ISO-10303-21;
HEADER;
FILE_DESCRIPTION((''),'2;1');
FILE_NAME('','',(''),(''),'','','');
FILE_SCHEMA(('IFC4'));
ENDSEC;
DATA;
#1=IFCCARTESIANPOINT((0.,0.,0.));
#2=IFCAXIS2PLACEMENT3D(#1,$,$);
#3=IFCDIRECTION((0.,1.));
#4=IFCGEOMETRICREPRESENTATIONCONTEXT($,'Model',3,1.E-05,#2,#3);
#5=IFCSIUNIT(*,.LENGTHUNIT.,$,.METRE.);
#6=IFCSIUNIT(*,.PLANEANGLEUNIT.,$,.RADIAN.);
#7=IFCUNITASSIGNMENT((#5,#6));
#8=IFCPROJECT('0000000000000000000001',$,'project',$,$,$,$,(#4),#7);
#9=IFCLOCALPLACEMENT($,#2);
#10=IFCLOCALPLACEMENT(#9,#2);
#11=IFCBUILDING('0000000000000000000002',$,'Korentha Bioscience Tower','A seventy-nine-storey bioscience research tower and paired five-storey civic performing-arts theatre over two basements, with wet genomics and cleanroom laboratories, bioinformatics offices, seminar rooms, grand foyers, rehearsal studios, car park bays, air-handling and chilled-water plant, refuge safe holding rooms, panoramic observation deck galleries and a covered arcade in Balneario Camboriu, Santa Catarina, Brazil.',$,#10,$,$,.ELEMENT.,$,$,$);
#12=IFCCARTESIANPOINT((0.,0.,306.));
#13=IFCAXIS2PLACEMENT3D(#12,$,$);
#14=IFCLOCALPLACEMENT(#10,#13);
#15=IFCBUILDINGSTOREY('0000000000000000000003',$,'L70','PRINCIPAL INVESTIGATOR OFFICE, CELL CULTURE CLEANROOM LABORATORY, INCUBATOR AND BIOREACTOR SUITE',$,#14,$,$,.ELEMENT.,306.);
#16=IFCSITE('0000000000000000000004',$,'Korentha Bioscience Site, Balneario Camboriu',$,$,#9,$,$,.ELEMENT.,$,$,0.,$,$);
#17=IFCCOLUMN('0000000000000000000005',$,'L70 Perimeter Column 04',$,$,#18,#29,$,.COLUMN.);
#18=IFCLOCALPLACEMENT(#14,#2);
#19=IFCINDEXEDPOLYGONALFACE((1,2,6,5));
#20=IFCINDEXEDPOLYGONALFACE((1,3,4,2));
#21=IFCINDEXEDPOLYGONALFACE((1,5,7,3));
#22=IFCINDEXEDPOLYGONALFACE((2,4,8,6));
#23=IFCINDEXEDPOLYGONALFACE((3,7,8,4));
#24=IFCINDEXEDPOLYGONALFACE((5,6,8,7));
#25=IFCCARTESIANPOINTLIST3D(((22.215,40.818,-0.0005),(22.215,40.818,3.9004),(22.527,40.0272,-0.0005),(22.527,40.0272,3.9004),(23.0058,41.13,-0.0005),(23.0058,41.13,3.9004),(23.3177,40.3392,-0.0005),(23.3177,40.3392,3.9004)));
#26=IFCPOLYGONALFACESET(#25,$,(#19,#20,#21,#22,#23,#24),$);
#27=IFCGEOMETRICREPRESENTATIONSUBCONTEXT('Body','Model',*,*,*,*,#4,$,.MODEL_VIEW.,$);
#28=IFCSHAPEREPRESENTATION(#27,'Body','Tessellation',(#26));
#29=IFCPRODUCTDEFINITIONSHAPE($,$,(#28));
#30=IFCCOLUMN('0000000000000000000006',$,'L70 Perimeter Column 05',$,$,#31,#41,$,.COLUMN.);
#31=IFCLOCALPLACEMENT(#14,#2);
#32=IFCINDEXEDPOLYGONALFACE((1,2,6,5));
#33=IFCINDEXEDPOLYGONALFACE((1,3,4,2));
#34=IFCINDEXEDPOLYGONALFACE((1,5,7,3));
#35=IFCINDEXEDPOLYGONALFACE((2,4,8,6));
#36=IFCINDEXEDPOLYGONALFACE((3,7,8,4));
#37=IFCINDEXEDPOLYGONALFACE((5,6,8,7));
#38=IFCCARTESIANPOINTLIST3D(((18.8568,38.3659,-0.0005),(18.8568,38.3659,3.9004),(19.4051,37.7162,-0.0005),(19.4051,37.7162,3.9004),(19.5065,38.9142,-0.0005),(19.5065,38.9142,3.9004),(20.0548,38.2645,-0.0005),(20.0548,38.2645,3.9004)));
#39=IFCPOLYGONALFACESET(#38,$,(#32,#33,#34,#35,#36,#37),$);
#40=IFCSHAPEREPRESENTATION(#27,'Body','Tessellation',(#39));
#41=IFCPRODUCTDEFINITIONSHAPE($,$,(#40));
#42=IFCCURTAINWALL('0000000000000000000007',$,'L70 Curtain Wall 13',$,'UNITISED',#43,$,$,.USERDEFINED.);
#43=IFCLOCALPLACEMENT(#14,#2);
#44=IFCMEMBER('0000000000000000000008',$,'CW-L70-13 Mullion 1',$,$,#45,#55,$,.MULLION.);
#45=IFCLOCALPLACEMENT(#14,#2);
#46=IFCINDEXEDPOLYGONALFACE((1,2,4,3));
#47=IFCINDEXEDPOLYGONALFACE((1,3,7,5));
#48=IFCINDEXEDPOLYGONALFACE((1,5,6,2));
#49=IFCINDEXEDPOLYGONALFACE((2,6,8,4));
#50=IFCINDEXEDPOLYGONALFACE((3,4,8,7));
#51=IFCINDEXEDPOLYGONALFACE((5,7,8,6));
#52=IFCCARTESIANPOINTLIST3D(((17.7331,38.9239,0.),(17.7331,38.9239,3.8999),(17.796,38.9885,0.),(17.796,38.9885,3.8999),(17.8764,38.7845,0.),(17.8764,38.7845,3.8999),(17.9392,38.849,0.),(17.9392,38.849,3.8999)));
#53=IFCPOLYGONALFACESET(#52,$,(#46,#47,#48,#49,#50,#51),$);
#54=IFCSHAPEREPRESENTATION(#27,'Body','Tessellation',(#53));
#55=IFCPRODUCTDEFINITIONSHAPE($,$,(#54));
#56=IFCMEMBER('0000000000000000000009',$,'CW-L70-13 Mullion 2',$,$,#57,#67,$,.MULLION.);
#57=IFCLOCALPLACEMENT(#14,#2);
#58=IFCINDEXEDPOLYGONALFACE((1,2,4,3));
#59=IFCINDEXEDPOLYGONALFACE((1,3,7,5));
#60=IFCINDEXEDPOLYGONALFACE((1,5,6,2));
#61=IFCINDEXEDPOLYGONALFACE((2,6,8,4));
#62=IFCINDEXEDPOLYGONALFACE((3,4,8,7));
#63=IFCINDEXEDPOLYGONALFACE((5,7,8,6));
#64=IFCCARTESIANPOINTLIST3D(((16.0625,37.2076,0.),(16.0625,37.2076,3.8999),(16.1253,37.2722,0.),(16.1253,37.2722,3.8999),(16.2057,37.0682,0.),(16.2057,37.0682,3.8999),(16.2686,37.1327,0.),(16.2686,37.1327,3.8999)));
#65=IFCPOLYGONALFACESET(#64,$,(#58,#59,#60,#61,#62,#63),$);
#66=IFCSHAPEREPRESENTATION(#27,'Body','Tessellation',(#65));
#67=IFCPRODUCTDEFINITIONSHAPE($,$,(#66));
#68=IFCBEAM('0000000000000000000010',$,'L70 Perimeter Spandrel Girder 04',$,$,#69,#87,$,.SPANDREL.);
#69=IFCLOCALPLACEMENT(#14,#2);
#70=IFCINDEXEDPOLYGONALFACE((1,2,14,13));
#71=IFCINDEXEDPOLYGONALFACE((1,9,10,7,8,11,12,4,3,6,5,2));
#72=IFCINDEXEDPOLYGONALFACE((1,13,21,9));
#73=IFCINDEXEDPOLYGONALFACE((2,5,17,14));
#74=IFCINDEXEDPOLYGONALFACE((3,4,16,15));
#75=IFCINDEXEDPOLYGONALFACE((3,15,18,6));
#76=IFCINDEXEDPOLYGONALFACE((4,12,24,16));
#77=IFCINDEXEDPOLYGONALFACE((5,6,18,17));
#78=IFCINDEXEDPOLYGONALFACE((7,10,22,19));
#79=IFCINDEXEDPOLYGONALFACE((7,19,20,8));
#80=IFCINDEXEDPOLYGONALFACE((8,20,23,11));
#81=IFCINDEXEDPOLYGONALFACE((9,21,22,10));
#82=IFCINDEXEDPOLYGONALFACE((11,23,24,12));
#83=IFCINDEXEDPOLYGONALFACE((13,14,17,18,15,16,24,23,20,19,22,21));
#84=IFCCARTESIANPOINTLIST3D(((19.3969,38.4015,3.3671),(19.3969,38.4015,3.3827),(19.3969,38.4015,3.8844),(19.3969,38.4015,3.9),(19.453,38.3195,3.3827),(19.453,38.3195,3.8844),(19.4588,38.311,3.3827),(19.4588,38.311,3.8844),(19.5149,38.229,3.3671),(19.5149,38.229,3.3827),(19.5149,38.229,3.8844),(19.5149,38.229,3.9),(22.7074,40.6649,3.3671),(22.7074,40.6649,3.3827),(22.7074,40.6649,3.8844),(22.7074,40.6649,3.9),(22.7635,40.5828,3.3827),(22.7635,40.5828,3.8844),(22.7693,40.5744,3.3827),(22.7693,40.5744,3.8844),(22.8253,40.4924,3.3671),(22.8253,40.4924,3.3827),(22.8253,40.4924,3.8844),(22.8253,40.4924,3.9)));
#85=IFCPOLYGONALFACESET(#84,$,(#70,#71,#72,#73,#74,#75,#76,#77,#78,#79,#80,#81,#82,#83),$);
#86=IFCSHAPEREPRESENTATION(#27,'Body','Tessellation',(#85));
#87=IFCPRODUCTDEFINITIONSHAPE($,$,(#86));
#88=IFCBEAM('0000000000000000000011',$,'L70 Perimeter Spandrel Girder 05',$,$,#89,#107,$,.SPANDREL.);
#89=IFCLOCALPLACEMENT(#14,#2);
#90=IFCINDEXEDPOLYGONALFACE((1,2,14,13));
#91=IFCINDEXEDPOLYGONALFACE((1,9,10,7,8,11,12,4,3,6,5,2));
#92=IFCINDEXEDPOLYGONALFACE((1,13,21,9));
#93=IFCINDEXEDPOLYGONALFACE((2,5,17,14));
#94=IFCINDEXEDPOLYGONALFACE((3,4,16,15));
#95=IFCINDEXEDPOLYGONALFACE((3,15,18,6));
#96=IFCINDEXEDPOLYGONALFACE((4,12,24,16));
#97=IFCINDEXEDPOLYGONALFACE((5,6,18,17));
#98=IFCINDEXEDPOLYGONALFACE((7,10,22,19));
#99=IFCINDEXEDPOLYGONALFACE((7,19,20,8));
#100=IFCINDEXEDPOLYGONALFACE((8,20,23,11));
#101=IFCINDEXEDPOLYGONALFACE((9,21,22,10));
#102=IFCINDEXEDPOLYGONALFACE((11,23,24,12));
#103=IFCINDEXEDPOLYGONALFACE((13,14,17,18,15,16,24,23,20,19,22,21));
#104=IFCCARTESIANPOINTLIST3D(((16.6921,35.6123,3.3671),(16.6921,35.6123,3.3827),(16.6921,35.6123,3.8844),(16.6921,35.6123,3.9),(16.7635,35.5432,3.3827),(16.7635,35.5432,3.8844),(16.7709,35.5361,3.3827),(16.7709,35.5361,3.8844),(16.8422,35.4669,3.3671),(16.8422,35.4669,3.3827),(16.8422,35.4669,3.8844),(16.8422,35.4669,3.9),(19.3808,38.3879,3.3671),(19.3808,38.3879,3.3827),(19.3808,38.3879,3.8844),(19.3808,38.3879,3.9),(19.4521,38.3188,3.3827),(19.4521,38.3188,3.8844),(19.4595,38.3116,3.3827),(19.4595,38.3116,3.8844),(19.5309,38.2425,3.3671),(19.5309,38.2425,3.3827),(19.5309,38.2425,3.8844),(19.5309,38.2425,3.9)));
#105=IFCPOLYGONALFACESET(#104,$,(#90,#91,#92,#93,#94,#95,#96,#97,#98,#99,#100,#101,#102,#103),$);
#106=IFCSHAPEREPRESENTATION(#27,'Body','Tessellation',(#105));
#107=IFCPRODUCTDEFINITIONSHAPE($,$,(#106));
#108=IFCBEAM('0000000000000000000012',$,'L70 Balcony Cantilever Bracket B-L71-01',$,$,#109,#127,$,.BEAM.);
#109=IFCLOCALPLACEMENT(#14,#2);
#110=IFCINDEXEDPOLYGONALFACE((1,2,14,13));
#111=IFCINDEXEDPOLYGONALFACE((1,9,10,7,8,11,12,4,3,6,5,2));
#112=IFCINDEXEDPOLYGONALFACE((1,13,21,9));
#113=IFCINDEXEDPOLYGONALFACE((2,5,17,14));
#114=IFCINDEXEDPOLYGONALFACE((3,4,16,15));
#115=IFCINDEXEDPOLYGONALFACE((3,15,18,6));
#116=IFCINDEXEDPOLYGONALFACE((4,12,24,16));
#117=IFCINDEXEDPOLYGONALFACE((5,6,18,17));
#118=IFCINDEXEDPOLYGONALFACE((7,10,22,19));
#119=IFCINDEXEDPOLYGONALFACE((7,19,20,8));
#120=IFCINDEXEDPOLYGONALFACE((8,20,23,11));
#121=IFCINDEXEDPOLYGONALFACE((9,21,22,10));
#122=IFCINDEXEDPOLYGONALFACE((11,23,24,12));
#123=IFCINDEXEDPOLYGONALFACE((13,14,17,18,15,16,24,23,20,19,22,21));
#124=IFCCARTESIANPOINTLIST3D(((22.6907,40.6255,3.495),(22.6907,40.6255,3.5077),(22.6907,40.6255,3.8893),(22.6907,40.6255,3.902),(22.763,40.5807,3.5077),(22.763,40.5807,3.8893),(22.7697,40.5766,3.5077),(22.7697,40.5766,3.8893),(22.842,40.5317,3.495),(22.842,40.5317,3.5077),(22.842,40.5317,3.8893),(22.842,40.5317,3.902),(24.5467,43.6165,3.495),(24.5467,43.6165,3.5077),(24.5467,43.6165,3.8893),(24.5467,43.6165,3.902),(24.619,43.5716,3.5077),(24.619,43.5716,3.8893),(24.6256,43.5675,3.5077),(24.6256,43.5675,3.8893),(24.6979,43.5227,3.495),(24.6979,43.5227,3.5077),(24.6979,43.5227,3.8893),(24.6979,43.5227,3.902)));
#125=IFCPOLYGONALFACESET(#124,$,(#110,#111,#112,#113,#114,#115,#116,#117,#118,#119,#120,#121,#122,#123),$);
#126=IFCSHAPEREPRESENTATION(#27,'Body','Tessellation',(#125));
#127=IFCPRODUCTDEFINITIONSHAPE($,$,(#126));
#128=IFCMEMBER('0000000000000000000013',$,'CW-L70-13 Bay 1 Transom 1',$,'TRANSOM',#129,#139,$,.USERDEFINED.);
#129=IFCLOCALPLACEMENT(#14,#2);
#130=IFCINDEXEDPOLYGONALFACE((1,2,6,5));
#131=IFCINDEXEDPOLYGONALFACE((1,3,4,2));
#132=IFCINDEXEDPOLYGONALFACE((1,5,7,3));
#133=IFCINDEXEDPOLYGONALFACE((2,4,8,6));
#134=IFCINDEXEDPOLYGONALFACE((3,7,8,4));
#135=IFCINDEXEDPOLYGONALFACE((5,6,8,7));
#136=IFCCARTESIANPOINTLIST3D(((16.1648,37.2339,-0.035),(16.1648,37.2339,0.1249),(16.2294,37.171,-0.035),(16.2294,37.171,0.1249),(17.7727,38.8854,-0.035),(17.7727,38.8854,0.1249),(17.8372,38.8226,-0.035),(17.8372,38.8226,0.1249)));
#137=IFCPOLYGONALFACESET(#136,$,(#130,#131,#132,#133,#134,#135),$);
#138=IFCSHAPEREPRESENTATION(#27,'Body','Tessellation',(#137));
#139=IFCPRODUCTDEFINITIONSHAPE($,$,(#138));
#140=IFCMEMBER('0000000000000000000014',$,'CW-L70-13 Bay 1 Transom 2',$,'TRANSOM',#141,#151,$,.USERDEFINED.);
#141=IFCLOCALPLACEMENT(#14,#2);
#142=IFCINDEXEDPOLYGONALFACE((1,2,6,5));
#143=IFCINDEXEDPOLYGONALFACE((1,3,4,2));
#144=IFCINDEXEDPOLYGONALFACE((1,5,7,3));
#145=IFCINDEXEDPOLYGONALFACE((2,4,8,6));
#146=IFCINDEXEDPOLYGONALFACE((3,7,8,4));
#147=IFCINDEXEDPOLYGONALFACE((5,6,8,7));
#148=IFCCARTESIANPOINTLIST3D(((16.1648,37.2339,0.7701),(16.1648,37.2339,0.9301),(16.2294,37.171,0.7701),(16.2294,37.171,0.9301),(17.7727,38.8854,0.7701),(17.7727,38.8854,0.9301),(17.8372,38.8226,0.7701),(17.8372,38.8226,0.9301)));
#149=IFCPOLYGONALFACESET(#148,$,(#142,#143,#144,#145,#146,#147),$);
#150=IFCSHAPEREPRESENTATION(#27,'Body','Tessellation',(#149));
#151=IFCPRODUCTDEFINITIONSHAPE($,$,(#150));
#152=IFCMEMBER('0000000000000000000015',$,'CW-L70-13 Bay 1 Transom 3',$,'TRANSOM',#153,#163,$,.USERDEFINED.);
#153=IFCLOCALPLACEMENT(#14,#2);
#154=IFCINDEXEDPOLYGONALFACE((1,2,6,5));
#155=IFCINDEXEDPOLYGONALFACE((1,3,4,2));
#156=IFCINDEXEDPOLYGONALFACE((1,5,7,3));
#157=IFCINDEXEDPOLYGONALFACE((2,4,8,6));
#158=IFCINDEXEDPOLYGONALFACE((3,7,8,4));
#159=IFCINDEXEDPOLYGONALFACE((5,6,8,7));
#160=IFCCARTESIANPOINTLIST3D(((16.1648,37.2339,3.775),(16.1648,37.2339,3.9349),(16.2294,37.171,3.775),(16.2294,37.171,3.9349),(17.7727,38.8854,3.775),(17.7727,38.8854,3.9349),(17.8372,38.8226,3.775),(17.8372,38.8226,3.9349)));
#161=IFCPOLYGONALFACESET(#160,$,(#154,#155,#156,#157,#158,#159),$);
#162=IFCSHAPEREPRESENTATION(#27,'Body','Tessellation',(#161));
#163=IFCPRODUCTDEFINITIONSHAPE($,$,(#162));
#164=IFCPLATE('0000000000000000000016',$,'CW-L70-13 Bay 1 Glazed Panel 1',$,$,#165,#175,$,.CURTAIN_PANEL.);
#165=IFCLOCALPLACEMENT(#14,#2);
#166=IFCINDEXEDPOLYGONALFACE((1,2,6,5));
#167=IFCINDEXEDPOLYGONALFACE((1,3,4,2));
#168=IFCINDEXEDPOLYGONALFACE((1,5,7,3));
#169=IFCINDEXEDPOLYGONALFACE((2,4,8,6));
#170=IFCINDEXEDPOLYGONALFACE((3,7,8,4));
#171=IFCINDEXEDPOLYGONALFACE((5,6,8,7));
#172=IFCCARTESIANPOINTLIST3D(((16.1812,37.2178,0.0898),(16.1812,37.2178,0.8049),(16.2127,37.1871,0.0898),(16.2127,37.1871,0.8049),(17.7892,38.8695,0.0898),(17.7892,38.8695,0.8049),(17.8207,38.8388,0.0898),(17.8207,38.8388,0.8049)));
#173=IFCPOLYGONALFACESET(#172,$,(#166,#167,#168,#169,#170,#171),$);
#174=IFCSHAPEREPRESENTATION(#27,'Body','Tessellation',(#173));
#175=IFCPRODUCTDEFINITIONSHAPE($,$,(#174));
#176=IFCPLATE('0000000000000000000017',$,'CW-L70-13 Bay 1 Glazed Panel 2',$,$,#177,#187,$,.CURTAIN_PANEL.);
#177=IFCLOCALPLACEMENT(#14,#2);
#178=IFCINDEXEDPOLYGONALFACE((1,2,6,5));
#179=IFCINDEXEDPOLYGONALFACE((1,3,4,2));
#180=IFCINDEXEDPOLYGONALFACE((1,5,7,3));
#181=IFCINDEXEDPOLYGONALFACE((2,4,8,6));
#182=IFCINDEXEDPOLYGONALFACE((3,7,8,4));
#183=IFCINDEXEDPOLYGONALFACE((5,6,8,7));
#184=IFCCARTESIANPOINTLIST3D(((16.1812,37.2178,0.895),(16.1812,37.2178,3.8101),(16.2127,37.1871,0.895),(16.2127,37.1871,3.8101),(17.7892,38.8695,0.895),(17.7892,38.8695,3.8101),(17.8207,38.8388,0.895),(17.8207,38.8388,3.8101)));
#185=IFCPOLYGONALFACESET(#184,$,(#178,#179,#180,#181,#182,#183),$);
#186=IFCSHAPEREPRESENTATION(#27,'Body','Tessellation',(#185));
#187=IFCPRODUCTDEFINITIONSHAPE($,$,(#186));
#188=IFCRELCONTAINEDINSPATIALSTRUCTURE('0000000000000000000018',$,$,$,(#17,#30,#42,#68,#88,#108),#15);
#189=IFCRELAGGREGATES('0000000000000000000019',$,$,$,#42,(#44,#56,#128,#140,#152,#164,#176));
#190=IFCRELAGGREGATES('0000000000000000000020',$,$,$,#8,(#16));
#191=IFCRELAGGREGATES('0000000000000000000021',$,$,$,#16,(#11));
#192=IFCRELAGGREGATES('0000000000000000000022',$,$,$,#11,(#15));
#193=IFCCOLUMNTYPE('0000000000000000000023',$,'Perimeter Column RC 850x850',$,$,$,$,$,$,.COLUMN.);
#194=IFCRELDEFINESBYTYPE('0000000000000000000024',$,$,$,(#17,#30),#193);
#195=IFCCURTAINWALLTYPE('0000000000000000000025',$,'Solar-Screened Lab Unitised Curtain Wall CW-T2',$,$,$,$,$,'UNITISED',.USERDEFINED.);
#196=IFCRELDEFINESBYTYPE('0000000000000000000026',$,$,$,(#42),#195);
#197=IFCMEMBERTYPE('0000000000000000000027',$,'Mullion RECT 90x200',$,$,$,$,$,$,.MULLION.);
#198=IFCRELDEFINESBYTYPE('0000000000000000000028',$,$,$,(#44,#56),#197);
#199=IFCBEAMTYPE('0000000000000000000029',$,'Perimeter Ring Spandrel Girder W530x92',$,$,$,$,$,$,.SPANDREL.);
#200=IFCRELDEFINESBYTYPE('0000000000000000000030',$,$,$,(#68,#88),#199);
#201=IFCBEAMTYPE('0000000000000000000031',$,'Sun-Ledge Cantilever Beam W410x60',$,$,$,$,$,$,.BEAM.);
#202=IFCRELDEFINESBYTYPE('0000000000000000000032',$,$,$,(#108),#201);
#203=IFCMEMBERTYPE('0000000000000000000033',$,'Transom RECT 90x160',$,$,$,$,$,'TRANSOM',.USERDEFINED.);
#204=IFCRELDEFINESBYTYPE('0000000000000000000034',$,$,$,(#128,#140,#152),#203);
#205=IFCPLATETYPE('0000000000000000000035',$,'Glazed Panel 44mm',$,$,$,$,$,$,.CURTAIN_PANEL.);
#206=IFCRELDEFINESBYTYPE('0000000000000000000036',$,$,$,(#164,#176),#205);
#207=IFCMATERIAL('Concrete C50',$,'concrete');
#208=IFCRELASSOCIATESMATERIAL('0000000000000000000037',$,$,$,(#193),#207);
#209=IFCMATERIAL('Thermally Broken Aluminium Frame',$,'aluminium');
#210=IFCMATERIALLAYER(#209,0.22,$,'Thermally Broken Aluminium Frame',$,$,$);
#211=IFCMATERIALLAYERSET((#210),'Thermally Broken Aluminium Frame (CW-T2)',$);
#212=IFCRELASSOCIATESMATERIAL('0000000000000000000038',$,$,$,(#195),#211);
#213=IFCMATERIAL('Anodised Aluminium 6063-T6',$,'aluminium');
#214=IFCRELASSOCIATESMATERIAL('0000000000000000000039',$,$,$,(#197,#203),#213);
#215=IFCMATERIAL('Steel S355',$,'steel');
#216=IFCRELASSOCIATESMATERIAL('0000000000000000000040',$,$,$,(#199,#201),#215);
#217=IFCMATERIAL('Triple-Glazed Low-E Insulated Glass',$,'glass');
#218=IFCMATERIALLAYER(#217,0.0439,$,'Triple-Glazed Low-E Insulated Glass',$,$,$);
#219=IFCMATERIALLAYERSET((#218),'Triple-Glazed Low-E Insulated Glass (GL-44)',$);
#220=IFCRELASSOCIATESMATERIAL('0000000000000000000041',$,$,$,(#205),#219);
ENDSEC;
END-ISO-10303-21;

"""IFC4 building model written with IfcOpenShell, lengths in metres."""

from ifc_helpers import new_model, si_unit, direction, frame, origin, origin_2d, place, context, subcontext, project, spatial, rectangle, i_section, extrude, material, layer, layer_set, material_profile, profile_set, type_object, element, aggregate, save


model = new_model("IFC4")

# Units and contexts
model_context = context("Model", 3, precision=1e-05, world=origin(), true_north=direction((0.0, 1.0)))
body_context = subcontext(model_context, "Body", "Model", "MODEL_VIEW")
ifc_project = project(units=[si_unit("LENGTHUNIT", "METRE"), si_unit("PLANEANGLEUNIT", "RADIAN")], contexts=[model_context])

# Site, building, storey
site_placement = place(None, origin())
site = spatial("IfcSite", under=ifc_project, at=site_placement, Name="Korentha Bioscience Site, Balneario Camboriu", CompositionType="ELEMENT", RefElevation=0.0)
building_placement = place(site_placement, origin())
building = spatial("IfcBuilding", under=site, at=building_placement, Name="Korentha Bioscience Tower", Description="A seventy-nine-storey bioscience research tower and paired five-storey civic performing-arts theatre over two basements, with wet genomics and cleanroom laboratories, bioinformatics offices, seminar rooms, grand foyers, rehearsal studios, car park bays, air-handling and chilled-water plant, refuge safe holding rooms, panoramic observation deck galleries and a covered arcade in Balneario Camboriu, Santa Catarina, Brazil.", CompositionType="ELEMENT")
storey_placement = place(building_placement, frame((0.0, 0.0, 306.0)))
storey = spatial("IfcBuildingStorey", under=building, at=storey_placement, Name="L70", Description="PRINCIPAL INVESTIGATOR OFFICE, CELL CULTURE CLEANROOM LABORATORY, INCUBATOR AND BIOREACTOR SUITE", CompositionType="ELEMENT", Elevation=306.0)

# Columns
ifc_material_1 = material(Name="Concrete C50", Category="concrete")
ifc_material_profile_1 = material_profile(ifc_material_1, rectangle(XDim=0.8501, YDim=0.8501, at=origin_2d()), Name="Concrete C50")
ifc_profile_set_1 = profile_set([ifc_material_profile_1], Name="Concrete C50 (COL-P08)")
column_type = type_object("IfcColumnType", Name="Perimeter Column RC 850x850", PredefinedType="COLUMN", material=ifc_profile_set_1)
for number, where, z_axis, x_axis, name in (
    (1, (22.7664, 40.5786, -0.0005), (0.0, 0.0, 1.0), (0.930226, 0.366988, 0.0), "L70 Perimeter Column 04"),
    (2, (19.4558, 38.3152, -0.0005), (0.0, 0.0, 1.0), (0.764246, 0.644924, 0.0), "L70 Perimeter Column 05"),
):
    element("IfcColumn", number, at=place(storey_placement, frame(where, z_axis=z_axis, x_axis=x_axis)), inside=storey, type_object=column_type, Name=name, PredefinedType="COLUMN", context=body_context, shape_type="SweptSolid", body=[
        extrude(rectangle(XDim=0.8501, YDim=0.8501, at=origin_2d()), origin(), (0.0, 0.0, 1.0), 3.9009),
    ])

# Curtain wall, members
ifc_material_2 = material(Name="Thermally Broken Aluminium Frame", Category="aluminium")
ifc_layer_1 = layer(ifc_material_2, 0.22, Name="Thermally Broken Aluminium Frame")
ifc_layer_set_1 = layer_set([ifc_layer_1], Name="Thermally Broken Aluminium Frame (CW-T2)")
curtain_wall_type = type_object("IfcCurtainWallType", Name="Solar-Screened Lab Unitised Curtain Wall CW-T2", ElementType="UNITISED", PredefinedType="USERDEFINED", material=ifc_layer_set_1)
curtain_wall_placement = place(storey_placement, origin())
curtain_wall = element("IfcCurtainWall", 3, at=curtain_wall_placement, inside=storey, type_object=curtain_wall_type, Name="L70 Curtain Wall 13", ObjectType="UNITISED", PredefinedType="USERDEFINED")
ifc_material_3 = material(Name="Anodised Aluminium 6063-T6", Category="aluminium")
ifc_material_profile_2 = material_profile(ifc_material_3, rectangle(XDim=0.0901, YDim=0.2, at=origin_2d()), Name="Anodised Aluminium 6063-T6")
ifc_profile_set_2 = profile_set([ifc_material_profile_2], Name="Anodised Aluminium 6063-T6 (CW-MUL)")
member_type_1 = type_object("IfcMemberType", Name="Mullion RECT 90x200", PredefinedType="MULLION", material=ifc_profile_set_2)
member_1_placement = place(storey_placement, frame((17.8362, 38.8865, 0.0), z_axis=(0.0, 0.0, 1.0), x_axis=(-0.697567, -0.716519, 0.0)))
member_1 = element("IfcMember", 4, at=member_1_placement, type_object=member_type_1, Name="CW-L70-13 Mullion 1", PredefinedType="MULLION", context=body_context, shape_type="SweptSolid", body=[
    extrude(rectangle(XDim=0.0901, YDim=0.2, at=origin_2d()), origin(), (0.0, 0.0, 1.0), 3.8999),
])
member_2_placement = place(storey_placement, frame((16.1655, 37.1702, 0.0), z_axis=(0.0, 0.0, 1.0), x_axis=(-0.697567, -0.716519, 0.0)))
member_2 = element("IfcMember", 5, at=member_2_placement, type_object=member_type_1, Name="CW-L70-13 Mullion 2", PredefinedType="MULLION", context=body_context, shape_type="SweptSolid", body=[
    extrude(rectangle(XDim=0.0901, YDim=0.2, at=origin_2d()), origin(), (0.0, 0.0, 1.0), 3.8999),
])

# Beams
ifc_material_4 = material(Name="Steel S355", Category="steel")
ifc_material_profile_3 = material_profile(ifc_material_4, i_section(OverallWidth=0.209, OverallDepth=0.533, WebThickness=0.0103, FlangeThickness=0.0156, at=origin_2d()), Name="Steel S355")
ifc_profile_set_3 = profile_set([ifc_material_profile_3], Name="Steel S355 (SB-530)")
beam_type_1 = type_object("IfcBeamType", Name="Perimeter Ring Spandrel Girder W530x92", PredefinedType="SPANDREL", material=ifc_profile_set_3)
beam_1_placement = place(storey_placement, frame((22.7664, 40.5786, 3.6335), z_axis=(-0.825503, -0.564398, 0.0), x_axis=(0.564398, -0.825503, 0.0)))
element("IfcBeam", 6, at=beam_1_placement, inside=storey, type_object=beam_type_1, Name="L70 Perimeter Spandrel Girder 04", PredefinedType="SPANDREL", context=body_context, shape_type="SweptSolid", body=[
    extrude(i_section(OverallWidth=0.209, OverallDepth=0.533, WebThickness=0.0103, FlangeThickness=0.0156, at=origin_2d()), origin(), (0.0, 0.0, 1.0), 4.0103),
])
beam_2_placement = place(storey_placement, frame((19.4558, 38.3152, 3.6335), z_axis=(-0.695772, -0.718263, 0.0), x_axis=(0.718263, -0.695772, 0.0)))
element("IfcBeam", 7, at=beam_2_placement, inside=storey, type_object=beam_type_1, Name="L70 Perimeter Spandrel Girder 05", PredefinedType="SPANDREL", context=body_context, shape_type="SweptSolid", body=[
    extrude(i_section(OverallWidth=0.209, OverallDepth=0.533, WebThickness=0.0103, FlangeThickness=0.0156, at=origin_2d()), origin(), (0.0, 0.0, 1.0), 3.8643),
])
ifc_material_profile_4 = material_profile(ifc_material_4, i_section(OverallWidth=0.178, OverallDepth=0.407, WebThickness=0.0078, FlangeThickness=0.0127, at=origin_2d()), Name="Steel S355")
ifc_profile_set_4 = profile_set([ifc_material_profile_4], Name="Steel S355 (CB-410)")
beam_type_2 = type_object("IfcBeamType", Name="Sun-Ledge Cantilever Beam W410x60", PredefinedType="BEAM", material=ifc_profile_set_4)
beam_3_placement = place(storey_placement, frame((22.7664, 40.5786, 3.6985), z_axis=(0.527259, 0.849704, 0.0), x_axis=(-0.849704, 0.527259, 0.0)))
element("IfcBeam", 8, at=beam_3_placement, inside=storey, type_object=beam_type_2, Name="L70 Balcony Cantilever Bracket B-L71-01", PredefinedType="BEAM", context=body_context, shape_type="SweptSolid", body=[
    extrude(i_section(OverallWidth=0.178, OverallDepth=0.407, WebThickness=0.0078, FlangeThickness=0.0127, at=origin_2d()), origin(), (0.0, 0.0, 1.0), 3.52),
])

# Members
ifc_material_profile_5 = material_profile(ifc_material_3, rectangle(XDim=0.0901, YDim=0.1599, at=origin_2d()), Name="Anodised Aluminium 6063-T6")
ifc_profile_set_5 = profile_set([ifc_material_profile_5], Name="Anodised Aluminium 6063-T6 (CW-TRN)")
member_type_2 = type_object("IfcMemberType", Name="Transom RECT 90x160", ElementType="TRANSOM", PredefinedType="USERDEFINED", material=ifc_profile_set_5)
member_3_placement = place(storey_placement, frame((17.8049, 38.854, 0.0449), z_axis=(-0.697564, -0.716523, 0.0), x_axis=(0.716523, -0.697564, 0.0)))
member_3 = element("IfcMember", 9, at=member_3_placement, type_object=member_type_2, Name="CW-L70-13 Bay 1 Transom 1", ObjectType="TRANSOM", PredefinedType="USERDEFINED", context=body_context, shape_type="SweptSolid", body=[
    extrude(rectangle(XDim=0.0901, YDim=0.1599, at=origin_2d()), origin(), (0.0, 0.0, 1.0), 2.3049),
])
member_4_placement = place(storey_placement, frame((17.8049, 38.854, 0.8501), z_axis=(-0.697564, -0.716523, 0.0), x_axis=(0.716523, -0.697564, 0.0)))
member_4 = element("IfcMember", 10, at=member_4_placement, type_object=member_type_2, Name="CW-L70-13 Bay 1 Transom 2", ObjectType="TRANSOM", PredefinedType="USERDEFINED", context=body_context, shape_type="SweptSolid", body=[
    extrude(rectangle(XDim=0.0901, YDim=0.1599, at=origin_2d()), origin(), (0.0, 0.0, 1.0), 2.3049),
])
member_5_placement = place(storey_placement, frame((17.8049, 38.854, 3.855), z_axis=(-0.697564, -0.716523, 0.0), x_axis=(0.716523, -0.697564, 0.0)))
member_5 = element("IfcMember", 11, at=member_5_placement, type_object=member_type_2, Name="CW-L70-13 Bay 1 Transom 3", ObjectType="TRANSOM", PredefinedType="USERDEFINED", context=body_context, shape_type="SweptSolid", body=[
    extrude(rectangle(XDim=0.0901, YDim=0.1599, at=origin_2d()), origin(), (0.0, 0.0, 1.0), 2.3049),
])

# Plates
ifc_material_5 = material(Name="Triple-Glazed Low-E Insulated Glass", Category="glass")
ifc_layer_2 = layer(ifc_material_5, 0.0439, Name="Triple-Glazed Low-E Insulated Glass")
ifc_layer_set_2 = layer_set([ifc_layer_2], Name="Triple-Glazed Low-E Insulated Glass (GL-44)")
plate_type = type_object("IfcPlateType", Name="Glazed Panel 44mm", PredefinedType="CURTAIN_PANEL", material=ifc_layer_set_2)
plate_1_placement = place(storey_placement, frame((17.001, 38.0283, 0.0898), z_axis=(0.0, 0.0, 1.0), x_axis=(-0.697567, -0.716519, 0.0)))
plate_1 = element("IfcPlate", 12, at=plate_1_placement, type_object=plate_type, Name="CW-L70-13 Bay 1 Glazed Panel 1", PredefinedType="CURTAIN_PANEL", context=body_context, shape_type="SweptSolid", body=[
    extrude(rectangle(XDim=2.3052, YDim=0.0439, at=origin_2d()), origin(), (0.0, 0.0, 1.0), 0.7151),
])
plate_2_placement = place(storey_placement, frame((17.001, 38.0283, 0.895), z_axis=(0.0, 0.0, 1.0), x_axis=(-0.697567, -0.716519, 0.0)))
plate_2 = element("IfcPlate", 13, at=plate_2_placement, type_object=plate_type, Name="CW-L70-13 Bay 1 Glazed Panel 2", PredefinedType="CURTAIN_PANEL", context=body_context, shape_type="SweptSolid", body=[
    extrude(rectangle(XDim=2.3052, YDim=0.0439, at=origin_2d()), origin(), (0.0, 0.0, 1.0), 2.915),
])
aggregate(curtain_wall, [member_1, member_2, member_3, member_4, member_5, plate_1, plate_2])

save(model, "model.ifc")
